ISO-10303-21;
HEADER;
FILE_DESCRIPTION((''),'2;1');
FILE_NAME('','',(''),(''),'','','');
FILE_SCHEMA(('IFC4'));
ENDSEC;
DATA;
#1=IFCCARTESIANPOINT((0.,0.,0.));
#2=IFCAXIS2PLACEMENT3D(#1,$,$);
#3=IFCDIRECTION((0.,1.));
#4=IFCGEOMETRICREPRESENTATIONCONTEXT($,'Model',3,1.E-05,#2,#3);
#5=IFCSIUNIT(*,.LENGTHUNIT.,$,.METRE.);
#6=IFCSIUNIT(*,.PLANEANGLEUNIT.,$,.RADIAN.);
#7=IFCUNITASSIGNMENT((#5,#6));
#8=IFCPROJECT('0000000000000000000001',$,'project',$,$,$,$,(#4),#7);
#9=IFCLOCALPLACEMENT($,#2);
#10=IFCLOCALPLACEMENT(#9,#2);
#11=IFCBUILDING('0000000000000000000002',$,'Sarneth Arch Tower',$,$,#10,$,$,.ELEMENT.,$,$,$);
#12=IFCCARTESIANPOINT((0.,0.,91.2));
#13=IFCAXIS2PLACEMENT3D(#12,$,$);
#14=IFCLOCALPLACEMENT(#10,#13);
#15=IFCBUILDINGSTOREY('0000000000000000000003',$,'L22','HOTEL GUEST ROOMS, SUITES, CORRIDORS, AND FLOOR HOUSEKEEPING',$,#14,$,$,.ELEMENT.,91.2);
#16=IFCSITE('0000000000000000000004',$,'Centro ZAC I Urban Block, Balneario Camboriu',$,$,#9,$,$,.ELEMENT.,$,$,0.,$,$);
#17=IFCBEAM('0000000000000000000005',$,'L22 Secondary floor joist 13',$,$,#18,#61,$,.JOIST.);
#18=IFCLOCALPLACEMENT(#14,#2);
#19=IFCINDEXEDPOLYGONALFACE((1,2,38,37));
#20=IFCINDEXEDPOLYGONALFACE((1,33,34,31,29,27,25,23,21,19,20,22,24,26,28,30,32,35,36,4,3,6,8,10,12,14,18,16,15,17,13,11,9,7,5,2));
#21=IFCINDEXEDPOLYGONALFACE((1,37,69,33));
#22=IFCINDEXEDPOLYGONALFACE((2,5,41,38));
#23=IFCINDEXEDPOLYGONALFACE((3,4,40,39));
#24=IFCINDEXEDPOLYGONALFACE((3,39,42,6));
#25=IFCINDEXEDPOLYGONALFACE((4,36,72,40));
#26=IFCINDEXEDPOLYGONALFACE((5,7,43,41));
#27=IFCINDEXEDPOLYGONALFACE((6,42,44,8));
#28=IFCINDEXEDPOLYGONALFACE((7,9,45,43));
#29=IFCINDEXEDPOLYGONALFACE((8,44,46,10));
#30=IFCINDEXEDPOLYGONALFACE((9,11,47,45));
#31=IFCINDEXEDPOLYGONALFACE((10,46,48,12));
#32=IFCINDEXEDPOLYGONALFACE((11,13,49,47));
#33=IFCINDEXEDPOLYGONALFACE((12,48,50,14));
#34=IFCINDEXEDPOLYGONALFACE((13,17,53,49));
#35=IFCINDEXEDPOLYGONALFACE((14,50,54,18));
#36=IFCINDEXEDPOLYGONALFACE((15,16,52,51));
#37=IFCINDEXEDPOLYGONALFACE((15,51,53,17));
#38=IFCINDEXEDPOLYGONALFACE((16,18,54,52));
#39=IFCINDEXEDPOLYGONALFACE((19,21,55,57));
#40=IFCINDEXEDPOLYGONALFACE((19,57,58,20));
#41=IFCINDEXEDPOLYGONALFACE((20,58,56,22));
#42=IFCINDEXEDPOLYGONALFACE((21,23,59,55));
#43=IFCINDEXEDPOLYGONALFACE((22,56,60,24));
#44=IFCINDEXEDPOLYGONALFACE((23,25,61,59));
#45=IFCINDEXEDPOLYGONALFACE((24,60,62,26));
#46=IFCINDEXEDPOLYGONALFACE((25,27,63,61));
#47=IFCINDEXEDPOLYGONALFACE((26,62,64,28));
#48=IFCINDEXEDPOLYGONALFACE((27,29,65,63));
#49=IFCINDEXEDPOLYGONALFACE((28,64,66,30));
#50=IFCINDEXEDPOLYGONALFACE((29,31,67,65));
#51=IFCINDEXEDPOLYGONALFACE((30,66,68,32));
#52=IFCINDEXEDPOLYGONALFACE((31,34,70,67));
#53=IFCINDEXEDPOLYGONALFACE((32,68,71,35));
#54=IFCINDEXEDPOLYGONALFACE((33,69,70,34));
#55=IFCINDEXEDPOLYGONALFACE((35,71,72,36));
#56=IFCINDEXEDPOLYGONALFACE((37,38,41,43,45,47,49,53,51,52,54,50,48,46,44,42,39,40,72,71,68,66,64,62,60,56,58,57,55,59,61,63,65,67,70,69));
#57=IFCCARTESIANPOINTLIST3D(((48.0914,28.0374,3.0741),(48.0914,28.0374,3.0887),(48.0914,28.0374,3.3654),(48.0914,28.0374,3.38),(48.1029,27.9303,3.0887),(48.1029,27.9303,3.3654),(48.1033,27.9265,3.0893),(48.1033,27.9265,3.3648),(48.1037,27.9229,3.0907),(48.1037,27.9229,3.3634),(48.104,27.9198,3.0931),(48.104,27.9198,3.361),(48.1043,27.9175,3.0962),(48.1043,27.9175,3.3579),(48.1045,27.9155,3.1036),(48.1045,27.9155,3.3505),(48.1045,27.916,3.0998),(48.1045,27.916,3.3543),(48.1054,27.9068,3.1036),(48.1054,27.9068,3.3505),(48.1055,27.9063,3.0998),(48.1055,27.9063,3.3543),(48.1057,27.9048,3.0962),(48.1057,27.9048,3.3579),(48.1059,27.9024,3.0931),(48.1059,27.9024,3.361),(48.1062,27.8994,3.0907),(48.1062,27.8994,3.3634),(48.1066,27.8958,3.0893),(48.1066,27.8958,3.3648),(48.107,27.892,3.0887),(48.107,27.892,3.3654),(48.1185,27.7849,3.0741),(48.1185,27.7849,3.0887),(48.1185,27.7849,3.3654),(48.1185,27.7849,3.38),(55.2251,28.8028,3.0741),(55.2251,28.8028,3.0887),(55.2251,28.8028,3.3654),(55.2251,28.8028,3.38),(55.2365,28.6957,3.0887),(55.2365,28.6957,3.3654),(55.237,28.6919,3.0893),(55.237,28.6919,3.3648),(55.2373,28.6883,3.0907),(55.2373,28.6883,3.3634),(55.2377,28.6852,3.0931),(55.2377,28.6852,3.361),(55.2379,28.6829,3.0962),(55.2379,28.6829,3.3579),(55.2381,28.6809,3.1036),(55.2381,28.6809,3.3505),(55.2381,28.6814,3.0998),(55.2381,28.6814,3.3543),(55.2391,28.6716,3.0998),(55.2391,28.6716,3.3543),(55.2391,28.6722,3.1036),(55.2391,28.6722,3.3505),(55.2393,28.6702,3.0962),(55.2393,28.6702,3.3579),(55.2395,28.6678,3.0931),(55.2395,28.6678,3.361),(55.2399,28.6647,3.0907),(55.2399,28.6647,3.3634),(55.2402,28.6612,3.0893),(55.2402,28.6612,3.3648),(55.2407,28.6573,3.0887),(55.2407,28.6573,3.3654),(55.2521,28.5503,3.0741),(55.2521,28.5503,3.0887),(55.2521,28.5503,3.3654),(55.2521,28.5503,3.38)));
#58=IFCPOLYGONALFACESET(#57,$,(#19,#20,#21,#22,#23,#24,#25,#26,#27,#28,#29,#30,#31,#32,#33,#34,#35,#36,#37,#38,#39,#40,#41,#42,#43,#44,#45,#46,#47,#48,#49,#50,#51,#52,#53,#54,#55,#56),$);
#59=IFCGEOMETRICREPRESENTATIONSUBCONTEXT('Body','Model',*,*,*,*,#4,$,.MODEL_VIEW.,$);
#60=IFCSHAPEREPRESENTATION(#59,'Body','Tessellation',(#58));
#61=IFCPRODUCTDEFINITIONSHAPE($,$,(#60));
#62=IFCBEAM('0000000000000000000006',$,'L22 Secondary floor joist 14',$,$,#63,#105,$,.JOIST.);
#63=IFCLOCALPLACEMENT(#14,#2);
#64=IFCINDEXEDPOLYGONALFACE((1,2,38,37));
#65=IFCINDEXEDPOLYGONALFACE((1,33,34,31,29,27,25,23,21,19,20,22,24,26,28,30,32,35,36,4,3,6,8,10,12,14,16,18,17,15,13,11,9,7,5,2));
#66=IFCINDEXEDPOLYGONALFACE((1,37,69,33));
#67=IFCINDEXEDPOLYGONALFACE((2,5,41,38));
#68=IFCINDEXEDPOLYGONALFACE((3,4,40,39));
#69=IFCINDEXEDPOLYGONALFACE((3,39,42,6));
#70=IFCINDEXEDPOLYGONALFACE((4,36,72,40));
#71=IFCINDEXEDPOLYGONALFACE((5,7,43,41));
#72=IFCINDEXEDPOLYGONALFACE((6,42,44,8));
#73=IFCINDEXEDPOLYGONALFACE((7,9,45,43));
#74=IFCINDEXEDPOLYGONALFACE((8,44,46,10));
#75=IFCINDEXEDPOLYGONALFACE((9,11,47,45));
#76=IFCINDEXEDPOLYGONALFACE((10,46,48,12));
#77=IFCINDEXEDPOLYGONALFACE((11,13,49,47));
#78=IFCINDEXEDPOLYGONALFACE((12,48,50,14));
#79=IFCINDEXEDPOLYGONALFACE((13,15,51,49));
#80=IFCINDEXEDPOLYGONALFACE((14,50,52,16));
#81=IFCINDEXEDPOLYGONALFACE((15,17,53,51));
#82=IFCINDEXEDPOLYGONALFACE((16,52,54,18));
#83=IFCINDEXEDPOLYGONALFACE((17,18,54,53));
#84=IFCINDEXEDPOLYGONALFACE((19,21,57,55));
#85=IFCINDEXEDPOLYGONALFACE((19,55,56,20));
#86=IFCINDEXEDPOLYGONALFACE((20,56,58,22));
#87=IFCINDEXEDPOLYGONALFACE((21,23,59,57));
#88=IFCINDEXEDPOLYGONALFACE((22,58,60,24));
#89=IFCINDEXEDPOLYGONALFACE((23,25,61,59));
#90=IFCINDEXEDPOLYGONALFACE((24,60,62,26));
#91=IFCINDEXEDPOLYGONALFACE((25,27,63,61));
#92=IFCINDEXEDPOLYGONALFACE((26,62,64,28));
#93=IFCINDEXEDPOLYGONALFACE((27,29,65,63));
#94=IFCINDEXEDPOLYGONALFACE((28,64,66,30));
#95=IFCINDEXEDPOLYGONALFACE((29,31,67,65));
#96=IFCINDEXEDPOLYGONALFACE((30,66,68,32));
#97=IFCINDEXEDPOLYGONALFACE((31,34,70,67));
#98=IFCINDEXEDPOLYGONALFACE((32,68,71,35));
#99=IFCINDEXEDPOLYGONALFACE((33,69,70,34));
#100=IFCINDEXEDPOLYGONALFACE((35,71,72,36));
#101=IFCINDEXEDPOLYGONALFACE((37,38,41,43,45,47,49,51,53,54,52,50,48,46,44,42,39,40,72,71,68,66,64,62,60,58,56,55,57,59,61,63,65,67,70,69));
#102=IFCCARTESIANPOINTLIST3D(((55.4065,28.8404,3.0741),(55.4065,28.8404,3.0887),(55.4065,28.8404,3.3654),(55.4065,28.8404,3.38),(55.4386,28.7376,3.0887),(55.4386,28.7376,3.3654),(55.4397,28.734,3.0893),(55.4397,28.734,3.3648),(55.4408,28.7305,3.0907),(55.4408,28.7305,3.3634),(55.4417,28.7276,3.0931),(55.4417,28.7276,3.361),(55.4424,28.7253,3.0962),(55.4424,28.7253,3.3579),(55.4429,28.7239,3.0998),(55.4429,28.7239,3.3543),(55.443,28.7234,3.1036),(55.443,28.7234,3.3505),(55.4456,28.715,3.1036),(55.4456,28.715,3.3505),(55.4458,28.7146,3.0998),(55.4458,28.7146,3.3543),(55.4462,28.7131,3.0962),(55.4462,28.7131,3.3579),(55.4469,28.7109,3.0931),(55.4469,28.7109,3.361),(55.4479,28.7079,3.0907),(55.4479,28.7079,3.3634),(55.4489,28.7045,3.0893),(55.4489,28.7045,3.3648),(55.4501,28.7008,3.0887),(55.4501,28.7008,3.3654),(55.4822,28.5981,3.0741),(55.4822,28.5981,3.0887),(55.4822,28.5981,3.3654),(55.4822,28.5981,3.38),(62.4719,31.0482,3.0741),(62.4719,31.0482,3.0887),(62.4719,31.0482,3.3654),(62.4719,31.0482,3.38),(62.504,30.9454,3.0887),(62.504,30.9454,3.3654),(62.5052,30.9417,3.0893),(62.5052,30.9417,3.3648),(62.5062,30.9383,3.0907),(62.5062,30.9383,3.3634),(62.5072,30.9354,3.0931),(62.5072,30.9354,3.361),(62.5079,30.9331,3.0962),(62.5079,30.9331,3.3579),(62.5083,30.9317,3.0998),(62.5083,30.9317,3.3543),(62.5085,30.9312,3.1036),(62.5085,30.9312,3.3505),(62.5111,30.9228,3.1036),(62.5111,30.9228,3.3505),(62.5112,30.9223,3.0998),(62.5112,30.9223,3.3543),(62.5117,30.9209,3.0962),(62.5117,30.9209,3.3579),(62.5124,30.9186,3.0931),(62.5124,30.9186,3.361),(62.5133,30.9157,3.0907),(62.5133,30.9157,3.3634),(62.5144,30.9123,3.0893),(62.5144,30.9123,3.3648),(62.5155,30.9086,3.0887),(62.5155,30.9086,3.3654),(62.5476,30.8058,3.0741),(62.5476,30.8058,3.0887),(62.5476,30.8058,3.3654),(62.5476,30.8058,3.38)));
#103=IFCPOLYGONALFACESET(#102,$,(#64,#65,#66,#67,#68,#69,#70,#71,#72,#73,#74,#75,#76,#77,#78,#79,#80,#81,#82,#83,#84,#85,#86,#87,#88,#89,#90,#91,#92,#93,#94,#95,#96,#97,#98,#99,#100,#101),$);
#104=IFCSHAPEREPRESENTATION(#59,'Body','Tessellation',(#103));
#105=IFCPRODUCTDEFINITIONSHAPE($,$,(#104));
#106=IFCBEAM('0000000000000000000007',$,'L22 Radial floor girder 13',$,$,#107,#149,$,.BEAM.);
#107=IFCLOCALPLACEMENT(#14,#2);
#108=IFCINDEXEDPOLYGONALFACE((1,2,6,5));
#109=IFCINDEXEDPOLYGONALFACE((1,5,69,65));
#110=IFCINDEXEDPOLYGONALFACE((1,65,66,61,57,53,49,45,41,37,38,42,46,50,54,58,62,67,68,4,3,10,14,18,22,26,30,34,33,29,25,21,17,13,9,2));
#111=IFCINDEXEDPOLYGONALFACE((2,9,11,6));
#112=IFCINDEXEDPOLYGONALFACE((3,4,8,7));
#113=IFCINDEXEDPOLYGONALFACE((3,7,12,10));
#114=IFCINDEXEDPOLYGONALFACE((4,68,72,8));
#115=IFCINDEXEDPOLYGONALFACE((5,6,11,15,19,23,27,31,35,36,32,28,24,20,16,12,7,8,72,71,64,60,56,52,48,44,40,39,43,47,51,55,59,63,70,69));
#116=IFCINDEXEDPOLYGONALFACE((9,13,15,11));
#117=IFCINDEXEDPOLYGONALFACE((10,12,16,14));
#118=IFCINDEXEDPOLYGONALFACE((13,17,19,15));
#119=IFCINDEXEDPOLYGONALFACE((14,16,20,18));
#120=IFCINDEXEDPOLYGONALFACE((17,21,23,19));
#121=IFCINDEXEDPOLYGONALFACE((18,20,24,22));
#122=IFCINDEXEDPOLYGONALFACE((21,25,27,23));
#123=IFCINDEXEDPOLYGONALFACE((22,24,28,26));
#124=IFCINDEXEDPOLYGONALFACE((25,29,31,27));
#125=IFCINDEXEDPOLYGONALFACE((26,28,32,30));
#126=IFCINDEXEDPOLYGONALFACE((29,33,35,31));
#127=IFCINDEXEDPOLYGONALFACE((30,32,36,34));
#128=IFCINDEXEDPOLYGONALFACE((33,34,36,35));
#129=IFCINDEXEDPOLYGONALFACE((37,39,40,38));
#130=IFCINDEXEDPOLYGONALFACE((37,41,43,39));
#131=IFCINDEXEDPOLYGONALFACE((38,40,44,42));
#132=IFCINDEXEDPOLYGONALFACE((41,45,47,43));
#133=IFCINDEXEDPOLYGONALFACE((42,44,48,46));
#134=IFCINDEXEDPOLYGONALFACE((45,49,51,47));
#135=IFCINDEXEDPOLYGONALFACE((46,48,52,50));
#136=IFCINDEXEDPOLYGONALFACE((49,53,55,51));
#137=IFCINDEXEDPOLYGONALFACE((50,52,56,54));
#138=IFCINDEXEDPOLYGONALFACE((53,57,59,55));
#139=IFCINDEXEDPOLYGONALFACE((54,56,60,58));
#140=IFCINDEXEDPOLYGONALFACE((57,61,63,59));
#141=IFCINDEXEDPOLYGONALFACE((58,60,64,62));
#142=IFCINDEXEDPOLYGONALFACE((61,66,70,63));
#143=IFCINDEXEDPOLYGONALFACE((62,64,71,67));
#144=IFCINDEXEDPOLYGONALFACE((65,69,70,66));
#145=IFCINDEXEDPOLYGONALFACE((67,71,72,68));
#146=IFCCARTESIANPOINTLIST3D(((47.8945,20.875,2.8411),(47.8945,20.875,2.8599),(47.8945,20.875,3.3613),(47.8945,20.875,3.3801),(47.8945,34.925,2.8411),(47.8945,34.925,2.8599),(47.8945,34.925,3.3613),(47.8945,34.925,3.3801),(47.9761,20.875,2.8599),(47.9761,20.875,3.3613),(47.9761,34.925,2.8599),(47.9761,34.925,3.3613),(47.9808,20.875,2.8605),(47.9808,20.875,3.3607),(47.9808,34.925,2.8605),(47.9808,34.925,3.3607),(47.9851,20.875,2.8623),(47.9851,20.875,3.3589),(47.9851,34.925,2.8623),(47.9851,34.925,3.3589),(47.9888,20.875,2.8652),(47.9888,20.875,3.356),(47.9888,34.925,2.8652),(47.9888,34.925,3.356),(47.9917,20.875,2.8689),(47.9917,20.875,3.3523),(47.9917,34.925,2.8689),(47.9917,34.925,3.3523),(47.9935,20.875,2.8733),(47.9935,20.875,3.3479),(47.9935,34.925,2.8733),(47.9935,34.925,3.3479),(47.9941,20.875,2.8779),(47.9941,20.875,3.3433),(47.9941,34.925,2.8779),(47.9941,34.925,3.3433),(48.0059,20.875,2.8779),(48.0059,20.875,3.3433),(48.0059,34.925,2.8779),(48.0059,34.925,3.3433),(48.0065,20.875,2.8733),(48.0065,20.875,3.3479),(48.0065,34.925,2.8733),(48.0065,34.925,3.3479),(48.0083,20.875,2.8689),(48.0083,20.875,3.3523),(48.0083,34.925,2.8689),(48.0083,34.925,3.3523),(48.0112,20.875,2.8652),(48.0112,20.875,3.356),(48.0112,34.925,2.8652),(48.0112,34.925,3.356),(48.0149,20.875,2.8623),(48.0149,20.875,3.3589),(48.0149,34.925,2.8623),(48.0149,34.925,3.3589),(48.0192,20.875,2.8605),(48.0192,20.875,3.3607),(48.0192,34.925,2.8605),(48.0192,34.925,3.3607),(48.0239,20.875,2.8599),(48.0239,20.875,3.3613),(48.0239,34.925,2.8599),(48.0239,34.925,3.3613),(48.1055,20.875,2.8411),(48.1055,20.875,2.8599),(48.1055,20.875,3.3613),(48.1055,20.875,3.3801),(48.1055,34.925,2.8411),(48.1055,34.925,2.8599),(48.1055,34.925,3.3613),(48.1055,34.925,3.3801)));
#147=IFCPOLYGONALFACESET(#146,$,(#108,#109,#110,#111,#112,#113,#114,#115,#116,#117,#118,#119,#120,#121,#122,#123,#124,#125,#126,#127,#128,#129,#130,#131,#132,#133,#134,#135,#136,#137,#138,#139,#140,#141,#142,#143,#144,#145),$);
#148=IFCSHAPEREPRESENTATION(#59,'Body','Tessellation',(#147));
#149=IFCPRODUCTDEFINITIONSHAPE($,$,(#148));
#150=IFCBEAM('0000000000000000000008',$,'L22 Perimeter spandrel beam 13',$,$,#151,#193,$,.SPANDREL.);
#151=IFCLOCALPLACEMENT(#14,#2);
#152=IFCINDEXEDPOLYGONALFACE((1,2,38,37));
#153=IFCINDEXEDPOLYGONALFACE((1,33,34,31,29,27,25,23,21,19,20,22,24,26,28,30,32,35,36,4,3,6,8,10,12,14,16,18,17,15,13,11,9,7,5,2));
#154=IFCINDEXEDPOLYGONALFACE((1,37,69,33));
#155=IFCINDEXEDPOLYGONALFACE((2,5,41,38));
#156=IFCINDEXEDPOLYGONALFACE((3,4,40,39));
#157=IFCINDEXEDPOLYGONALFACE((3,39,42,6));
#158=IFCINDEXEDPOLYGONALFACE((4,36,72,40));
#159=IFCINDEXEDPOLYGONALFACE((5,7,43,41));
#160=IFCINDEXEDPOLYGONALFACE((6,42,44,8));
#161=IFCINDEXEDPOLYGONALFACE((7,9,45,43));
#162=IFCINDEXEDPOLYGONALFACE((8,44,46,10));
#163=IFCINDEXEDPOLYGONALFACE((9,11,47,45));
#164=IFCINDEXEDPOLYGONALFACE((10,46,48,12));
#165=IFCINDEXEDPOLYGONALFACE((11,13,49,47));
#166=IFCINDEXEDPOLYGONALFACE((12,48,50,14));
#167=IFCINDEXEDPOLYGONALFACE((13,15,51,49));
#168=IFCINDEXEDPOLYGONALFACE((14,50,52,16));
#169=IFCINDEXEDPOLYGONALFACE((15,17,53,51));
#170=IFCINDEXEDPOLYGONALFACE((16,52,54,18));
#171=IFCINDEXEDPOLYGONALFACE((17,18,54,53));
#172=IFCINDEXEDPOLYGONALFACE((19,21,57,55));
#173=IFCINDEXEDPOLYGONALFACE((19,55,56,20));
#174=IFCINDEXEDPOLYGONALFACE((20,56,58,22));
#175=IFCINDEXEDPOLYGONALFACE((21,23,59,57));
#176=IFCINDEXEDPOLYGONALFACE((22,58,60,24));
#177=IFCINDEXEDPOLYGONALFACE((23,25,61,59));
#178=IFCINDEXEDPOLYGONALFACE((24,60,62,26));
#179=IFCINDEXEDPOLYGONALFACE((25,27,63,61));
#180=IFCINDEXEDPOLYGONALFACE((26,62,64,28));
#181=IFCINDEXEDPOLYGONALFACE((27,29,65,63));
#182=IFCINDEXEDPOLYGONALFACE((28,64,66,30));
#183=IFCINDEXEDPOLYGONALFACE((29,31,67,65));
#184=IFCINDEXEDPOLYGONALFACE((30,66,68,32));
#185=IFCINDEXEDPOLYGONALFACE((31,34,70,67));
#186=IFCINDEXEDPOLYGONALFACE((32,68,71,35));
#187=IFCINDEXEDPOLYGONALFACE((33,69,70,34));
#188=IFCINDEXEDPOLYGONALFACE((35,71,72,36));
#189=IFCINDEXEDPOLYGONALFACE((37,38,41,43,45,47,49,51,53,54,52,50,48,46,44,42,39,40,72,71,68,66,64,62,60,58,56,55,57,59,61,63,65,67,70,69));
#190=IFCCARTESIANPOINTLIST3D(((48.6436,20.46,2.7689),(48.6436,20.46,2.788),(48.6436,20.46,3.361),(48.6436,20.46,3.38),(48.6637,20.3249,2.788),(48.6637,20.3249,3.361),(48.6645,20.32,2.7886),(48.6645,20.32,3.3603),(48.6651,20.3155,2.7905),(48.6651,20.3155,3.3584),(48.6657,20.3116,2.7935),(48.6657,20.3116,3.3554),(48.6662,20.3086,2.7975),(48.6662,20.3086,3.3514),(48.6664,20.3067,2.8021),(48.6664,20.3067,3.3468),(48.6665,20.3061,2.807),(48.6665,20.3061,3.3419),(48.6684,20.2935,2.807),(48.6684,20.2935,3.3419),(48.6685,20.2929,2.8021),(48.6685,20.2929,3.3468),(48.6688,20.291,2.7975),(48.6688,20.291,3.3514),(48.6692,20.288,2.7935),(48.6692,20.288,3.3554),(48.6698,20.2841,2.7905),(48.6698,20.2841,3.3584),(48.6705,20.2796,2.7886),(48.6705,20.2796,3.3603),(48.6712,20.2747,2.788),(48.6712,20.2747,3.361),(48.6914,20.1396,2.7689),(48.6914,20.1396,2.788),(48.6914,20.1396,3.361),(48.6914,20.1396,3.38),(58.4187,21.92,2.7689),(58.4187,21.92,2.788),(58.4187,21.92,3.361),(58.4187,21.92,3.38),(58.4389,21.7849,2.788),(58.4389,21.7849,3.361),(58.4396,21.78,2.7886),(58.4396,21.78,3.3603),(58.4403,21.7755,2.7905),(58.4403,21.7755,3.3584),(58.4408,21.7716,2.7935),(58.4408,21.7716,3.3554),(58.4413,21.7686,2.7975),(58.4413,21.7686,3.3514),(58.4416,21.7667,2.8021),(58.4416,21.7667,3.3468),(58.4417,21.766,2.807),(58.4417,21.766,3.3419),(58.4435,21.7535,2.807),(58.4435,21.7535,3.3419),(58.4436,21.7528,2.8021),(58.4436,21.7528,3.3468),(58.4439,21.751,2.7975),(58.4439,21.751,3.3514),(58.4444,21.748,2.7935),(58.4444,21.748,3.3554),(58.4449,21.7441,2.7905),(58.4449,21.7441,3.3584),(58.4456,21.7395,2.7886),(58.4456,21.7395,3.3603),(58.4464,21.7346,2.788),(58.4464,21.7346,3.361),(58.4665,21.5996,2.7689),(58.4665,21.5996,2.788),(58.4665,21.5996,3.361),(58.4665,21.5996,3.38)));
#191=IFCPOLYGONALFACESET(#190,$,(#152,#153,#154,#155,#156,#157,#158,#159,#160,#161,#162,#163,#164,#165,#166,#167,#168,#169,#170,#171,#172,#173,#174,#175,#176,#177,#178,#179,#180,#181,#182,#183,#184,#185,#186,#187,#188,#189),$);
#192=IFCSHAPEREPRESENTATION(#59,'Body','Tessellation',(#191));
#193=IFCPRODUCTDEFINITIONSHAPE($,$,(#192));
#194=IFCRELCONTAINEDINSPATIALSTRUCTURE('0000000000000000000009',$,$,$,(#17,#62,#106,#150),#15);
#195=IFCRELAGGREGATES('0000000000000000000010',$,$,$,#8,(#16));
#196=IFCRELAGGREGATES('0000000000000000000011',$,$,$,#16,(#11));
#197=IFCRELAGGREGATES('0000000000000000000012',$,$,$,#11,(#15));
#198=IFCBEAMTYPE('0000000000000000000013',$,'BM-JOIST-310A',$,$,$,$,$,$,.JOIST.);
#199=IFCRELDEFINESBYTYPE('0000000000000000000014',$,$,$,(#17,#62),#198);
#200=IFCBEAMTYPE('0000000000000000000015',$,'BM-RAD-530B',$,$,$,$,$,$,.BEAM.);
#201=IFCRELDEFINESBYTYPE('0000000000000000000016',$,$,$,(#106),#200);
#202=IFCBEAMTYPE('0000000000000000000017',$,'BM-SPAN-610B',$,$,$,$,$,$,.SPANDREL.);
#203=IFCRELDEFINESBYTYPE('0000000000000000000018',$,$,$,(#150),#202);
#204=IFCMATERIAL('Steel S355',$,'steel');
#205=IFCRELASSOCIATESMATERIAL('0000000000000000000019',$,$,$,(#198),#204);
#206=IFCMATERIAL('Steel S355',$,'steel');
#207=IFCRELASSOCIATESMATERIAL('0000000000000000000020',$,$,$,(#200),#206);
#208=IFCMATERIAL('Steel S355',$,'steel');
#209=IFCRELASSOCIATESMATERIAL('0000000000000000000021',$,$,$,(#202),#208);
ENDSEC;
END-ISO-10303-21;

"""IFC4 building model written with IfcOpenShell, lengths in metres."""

from ifc_helpers import new_model, si_unit, direction, frame, origin, origin_2d, place, context, subcontext, project, spatial, i_section, extrude, material, material_profile, profile_set, type_object, element, save


model = new_model("IFC4")

# Units and contexts
model_context = context("Model", 3, precision=1e-05, world=origin(), true_north=direction((0.0, 1.0)))
body_context = subcontext(model_context, "Body", "Model", "MODEL_VIEW")
ifc_project = project(units=[si_unit("LENGTHUNIT", "METRE"), si_unit("PLANEANGLEUNIT", "RADIAN")], contexts=[model_context])

# Site, building, storey
site_placement = place(None, origin())
site = spatial("IfcSite", under=ifc_project, at=site_placement, Name="Centro ZAC I Urban Block, Balneario Camboriu", CompositionType="ELEMENT", RefElevation=0.0)
building_placement = place(site_placement, origin())
building = spatial("IfcBuilding", under=site, at=building_placement, Name="Sarneth Arch Tower", CompositionType="ELEMENT")
storey_placement = place(building_placement, frame((0.0, 0.0, 91.2)))
storey = spatial("IfcBuildingStorey", under=building, at=storey_placement, Name="L22", Description="HOTEL GUEST ROOMS, SUITES, CORRIDORS, AND FLOOR HOUSEKEEPING", CompositionType="ELEMENT", Elevation=91.2)

# Beams
ifc_material_1 = material(Name="Steel S355", Category="steel")
ifc_material_profile_1 = material_profile(ifc_material_1, i_section(OverallWidth=0.2539, OverallDepth=0.3059, WebThickness=0.0088, FlangeThickness=0.0146, FilletRadius=0.0149, at=origin_2d()), Name="W310x79")
ifc_profile_set_1 = profile_set([ifc_material_profile_1], Name="Steel S355")
beam_type_1 = type_object("IfcBeamType", Name="BM-JOIST-310A", PredefinedType="JOIST", material=ifc_profile_set_1)
beam_1_placement = place(storey_placement, frame((48.105, 27.9111, 3.2271), z_axis=(0.994293, 0.106681, 0.0), x_axis=(-0.106681, 0.994293, 0.0)))
element("IfcBeam", 1, at=beam_1_placement, inside=storey, type_object=beam_type_1, Name="L22 Secondary floor joist 13", PredefinedType="JOIST", context=body_context, shape_type="SweptSolid", body=[
    extrude(i_section(OverallWidth=0.2539, OverallDepth=0.3059, WebThickness=0.0088, FlangeThickness=0.0146, FilletRadius=0.0149, at=origin_2d()), origin(), (0.0, 0.0, 1.0), 7.1746),
])
beam_2_placement = place(storey_placement, frame((55.4443, 28.7192, 3.2271), z_axis=(0.954487, 0.298252, 0.0), x_axis=(-0.298252, 0.954487, 0.0)))
element("IfcBeam", 2, at=beam_2_placement, inside=storey, type_object=beam_type_1, Name="L22 Secondary floor joist 14", PredefinedType="JOIST", context=body_context, shape_type="SweptSolid", body=[
    extrude(i_section(OverallWidth=0.2539, OverallDepth=0.3059, WebThickness=0.0088, FlangeThickness=0.0146, FilletRadius=0.0149, at=origin_2d()), origin(), (0.0, 0.0, 1.0), 7.4023),
])
ifc_material_2 = material(Name="Steel S355", Category="steel")
ifc_material_profile_2 = material_profile(ifc_material_2, i_section(OverallWidth=0.2109, OverallDepth=0.5391, WebThickness=0.0117, FlangeThickness=0.0188, FilletRadius=0.0181, at=origin_2d()), Name="W530x109")
ifc_profile_set_2 = profile_set([ifc_material_profile_2], Name="Steel S355")
beam_type_2 = type_object("IfcBeamType", Name="BM-RAD-530B", PredefinedType="BEAM", material=ifc_profile_set_2)
beam_3_placement = place(storey_placement, frame((48.0, 34.925, 3.1106), z_axis=(0.0, -1.0, 0.0), x_axis=(1.0, 0.0, 0.0)))
element("IfcBeam", 3, at=beam_3_placement, inside=storey, type_object=beam_type_2, Name="L22 Radial floor girder 13", PredefinedType="BEAM", context=body_context, shape_type="SweptSolid", body=[
    extrude(i_section(OverallWidth=0.2109, OverallDepth=0.5391, WebThickness=0.0117, FlangeThickness=0.0188, FilletRadius=0.0181, at=origin_2d()), origin(), (0.0, 0.0, 1.0), 14.05),
])
ifc_material_3 = material(Name="Steel S355", Category="steel")
ifc_material_profile_3 = material_profile(ifc_material_3, i_section(OverallWidth=0.324, OverallDepth=0.6111, WebThickness=0.0127, FlangeThickness=0.019, FilletRadius=0.019, at=origin_2d()), Name="W610x155")
ifc_profile_set_3 = profile_set([ifc_material_profile_3], Name="Steel S355")
beam_type_3 = type_object("IfcBeamType", Name="BM-SPAN-610B", PredefinedType="SPANDREL", material=ifc_profile_set_3)
beam_4_placement = place(storey_placement, frame((48.6675, 20.2998, 3.0745), z_axis=(0.98903, 0.147716, 0.0), x_axis=(-0.147716, 0.98903, 0.0)))
element("IfcBeam", 4, at=beam_4_placement, inside=storey, type_object=beam_type_3, Name="L22 Perimeter spandrel beam 13", PredefinedType="SPANDREL", context=body_context, shape_type="SweptSolid", body=[
    extrude(i_section(OverallWidth=0.324, OverallDepth=0.6111, WebThickness=0.0127, FlangeThickness=0.019, FilletRadius=0.019, at=origin_2d()), origin(), (0.0, 0.0, 1.0), 9.8835),
])

save(model, "model.ifc")
